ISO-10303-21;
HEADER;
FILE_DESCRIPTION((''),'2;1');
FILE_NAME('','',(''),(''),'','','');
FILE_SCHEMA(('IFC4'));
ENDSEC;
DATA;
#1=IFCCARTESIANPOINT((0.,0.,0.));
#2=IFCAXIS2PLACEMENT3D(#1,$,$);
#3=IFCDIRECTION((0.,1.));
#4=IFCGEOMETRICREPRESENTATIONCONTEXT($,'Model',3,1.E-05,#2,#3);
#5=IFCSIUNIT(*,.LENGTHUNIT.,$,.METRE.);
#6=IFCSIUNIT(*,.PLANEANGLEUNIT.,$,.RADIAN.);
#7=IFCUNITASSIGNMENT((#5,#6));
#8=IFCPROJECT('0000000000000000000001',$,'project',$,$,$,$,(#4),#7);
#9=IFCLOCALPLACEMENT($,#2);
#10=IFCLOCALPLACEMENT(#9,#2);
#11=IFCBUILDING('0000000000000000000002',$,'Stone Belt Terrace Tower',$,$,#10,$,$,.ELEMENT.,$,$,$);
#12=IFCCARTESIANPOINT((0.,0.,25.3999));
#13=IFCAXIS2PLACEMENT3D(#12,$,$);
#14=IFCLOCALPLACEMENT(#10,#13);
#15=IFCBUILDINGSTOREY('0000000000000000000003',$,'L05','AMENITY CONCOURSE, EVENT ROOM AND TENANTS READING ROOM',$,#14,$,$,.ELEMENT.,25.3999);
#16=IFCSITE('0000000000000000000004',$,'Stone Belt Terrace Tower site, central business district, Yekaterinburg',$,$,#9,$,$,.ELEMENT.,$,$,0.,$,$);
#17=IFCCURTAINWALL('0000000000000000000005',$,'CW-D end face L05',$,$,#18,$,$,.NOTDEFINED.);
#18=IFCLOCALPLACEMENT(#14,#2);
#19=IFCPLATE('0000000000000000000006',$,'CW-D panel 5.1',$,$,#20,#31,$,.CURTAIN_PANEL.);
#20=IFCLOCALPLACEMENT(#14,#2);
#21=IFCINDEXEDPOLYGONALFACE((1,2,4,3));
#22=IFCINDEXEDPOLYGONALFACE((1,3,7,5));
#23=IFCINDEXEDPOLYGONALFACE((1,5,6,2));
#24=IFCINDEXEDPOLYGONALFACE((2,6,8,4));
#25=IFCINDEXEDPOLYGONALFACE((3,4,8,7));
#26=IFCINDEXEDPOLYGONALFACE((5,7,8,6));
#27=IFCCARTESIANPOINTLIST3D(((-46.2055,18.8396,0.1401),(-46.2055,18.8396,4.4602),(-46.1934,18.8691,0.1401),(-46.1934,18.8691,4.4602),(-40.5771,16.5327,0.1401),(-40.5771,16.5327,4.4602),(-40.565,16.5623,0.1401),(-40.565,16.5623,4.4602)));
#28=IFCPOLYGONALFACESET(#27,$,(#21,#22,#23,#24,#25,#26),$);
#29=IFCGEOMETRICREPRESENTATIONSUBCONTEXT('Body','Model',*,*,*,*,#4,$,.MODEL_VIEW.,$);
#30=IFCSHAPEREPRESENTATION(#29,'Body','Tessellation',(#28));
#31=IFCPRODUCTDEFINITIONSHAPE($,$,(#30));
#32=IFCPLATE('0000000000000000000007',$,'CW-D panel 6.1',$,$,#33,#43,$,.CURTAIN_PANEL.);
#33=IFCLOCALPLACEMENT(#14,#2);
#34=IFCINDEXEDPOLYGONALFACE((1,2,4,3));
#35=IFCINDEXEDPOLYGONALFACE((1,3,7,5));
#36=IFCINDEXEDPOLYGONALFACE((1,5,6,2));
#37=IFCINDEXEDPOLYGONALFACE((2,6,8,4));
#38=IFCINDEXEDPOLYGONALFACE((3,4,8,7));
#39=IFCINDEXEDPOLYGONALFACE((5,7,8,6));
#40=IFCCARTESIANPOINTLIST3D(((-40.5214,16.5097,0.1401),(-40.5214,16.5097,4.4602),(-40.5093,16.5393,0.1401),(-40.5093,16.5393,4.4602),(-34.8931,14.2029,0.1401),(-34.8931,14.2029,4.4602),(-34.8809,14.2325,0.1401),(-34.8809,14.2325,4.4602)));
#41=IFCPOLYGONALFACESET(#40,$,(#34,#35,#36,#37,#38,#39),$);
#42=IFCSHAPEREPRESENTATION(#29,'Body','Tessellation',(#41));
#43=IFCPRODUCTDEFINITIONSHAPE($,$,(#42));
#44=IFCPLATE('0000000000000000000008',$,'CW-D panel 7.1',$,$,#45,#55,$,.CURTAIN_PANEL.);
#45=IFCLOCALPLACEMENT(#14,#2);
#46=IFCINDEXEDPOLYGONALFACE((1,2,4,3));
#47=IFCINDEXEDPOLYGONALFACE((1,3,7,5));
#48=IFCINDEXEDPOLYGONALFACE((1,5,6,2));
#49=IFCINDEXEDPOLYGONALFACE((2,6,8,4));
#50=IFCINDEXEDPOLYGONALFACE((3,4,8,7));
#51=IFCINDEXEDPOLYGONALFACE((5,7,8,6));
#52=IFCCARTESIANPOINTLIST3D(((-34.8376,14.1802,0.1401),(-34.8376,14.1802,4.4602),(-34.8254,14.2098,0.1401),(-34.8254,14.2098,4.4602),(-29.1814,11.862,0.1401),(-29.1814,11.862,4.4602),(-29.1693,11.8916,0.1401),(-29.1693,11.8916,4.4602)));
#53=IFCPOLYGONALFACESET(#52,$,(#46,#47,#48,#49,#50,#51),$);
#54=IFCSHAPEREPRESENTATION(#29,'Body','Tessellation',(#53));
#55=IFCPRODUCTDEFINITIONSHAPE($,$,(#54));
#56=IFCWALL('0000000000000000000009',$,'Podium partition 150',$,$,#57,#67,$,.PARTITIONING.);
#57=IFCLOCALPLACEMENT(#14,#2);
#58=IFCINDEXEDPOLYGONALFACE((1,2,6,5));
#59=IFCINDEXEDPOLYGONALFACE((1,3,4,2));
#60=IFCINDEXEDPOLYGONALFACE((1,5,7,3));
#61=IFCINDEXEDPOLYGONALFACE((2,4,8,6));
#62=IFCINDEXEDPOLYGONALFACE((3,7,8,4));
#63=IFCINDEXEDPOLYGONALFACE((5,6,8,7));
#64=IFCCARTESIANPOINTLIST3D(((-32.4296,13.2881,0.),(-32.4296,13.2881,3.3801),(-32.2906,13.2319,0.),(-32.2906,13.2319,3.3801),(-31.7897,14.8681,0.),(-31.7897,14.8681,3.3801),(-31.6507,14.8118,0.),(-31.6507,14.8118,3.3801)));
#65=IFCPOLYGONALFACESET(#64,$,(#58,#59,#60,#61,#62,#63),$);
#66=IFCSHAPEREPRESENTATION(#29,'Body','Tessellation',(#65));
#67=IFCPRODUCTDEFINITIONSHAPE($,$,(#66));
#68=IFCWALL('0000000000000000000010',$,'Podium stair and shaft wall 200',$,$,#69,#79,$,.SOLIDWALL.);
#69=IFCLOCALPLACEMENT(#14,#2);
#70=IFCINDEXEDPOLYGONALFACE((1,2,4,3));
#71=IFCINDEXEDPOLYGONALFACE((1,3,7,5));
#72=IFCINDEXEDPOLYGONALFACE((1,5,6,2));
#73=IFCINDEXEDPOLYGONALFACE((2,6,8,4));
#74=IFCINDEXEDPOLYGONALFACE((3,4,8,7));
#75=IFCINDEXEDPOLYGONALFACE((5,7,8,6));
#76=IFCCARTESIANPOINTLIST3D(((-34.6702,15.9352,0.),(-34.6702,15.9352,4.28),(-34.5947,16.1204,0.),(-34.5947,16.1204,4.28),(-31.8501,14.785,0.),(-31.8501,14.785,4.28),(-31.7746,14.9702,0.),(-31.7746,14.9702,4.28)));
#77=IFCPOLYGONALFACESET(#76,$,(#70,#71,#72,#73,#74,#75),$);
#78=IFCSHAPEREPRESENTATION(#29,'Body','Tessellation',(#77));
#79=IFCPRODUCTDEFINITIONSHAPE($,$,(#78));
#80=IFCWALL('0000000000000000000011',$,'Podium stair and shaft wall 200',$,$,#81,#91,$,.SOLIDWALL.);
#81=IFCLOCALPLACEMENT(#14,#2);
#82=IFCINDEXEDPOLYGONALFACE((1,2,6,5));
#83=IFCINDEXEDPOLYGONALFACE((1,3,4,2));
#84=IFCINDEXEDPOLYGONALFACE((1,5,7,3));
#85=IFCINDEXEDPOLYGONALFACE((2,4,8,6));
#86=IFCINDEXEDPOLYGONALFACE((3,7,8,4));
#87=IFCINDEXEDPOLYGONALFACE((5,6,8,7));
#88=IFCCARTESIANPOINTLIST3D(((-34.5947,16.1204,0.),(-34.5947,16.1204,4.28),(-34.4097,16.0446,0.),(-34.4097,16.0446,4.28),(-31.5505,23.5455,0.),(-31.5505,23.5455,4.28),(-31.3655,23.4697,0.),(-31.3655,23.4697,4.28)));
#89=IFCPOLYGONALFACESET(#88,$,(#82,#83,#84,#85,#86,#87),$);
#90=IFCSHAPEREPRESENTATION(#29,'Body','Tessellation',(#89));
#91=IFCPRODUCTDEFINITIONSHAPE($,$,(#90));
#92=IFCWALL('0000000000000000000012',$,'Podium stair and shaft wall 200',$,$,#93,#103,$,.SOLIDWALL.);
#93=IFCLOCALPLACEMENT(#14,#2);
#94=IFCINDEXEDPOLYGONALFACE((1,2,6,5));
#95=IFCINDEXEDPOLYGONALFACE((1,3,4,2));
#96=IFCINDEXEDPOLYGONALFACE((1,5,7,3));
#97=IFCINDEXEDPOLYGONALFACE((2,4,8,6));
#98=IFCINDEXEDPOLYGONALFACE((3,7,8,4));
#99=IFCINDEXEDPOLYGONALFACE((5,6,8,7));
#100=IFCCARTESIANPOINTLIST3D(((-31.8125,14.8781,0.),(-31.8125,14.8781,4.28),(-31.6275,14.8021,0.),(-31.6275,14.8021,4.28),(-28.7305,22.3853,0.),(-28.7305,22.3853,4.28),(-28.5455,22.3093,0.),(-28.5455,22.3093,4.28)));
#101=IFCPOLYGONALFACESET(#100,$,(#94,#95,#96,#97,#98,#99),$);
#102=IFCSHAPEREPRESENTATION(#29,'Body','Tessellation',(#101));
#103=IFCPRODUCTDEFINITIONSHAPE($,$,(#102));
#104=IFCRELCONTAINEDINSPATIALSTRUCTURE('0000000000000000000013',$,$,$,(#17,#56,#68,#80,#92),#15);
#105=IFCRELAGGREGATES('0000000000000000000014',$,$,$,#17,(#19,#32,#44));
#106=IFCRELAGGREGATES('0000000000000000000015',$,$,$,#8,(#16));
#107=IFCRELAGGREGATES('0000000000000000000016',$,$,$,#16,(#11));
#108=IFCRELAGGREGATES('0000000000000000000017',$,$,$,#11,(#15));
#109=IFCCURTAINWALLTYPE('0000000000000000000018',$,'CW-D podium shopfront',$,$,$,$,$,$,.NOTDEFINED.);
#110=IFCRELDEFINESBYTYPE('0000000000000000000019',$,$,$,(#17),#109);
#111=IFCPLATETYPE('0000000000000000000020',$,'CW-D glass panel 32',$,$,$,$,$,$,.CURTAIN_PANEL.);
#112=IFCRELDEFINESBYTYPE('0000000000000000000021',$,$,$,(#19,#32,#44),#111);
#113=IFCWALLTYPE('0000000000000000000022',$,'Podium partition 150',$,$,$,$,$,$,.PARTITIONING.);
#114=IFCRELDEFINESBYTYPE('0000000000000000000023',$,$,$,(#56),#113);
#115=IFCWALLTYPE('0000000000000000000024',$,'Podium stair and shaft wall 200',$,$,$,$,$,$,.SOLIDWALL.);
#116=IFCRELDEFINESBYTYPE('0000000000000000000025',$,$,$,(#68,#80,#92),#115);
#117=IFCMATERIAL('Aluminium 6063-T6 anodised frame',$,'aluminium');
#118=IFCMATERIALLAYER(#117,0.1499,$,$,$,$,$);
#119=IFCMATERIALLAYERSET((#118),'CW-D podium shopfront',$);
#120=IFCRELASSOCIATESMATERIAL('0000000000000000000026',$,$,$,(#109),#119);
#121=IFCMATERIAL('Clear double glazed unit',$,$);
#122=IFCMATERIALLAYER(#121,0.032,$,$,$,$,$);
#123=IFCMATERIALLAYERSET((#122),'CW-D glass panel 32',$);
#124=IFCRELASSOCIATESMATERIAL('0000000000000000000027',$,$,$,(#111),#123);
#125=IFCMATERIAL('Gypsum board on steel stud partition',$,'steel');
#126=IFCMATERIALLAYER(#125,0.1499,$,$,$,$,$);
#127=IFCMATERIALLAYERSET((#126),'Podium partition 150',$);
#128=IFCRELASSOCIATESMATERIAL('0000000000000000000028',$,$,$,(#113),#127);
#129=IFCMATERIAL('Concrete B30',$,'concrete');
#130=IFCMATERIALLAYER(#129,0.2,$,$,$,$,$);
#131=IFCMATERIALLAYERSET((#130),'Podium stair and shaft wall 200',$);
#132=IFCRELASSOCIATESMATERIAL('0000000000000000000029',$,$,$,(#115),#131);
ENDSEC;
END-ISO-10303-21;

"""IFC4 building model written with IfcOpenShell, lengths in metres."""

from ifc_helpers import new_model, si_unit, direction, frame, frame_2d, origin, origin_2d, place, context, subcontext, project, spatial, rectangle, extrude, material, layer, layer_set, type_object, element, aggregate, save


model = new_model("IFC4")

# Units and contexts
model_context = context("Model", 3, precision=1e-05, world=origin(), true_north=direction((0.0, 1.0)))
body_context = subcontext(model_context, "Body", "Model", "MODEL_VIEW")
ifc_project = project(units=[si_unit("LENGTHUNIT", "METRE"), si_unit("PLANEANGLEUNIT", "RADIAN")], contexts=[model_context])

# Site, building, storey
site_placement = place(None, origin())
site = spatial("IfcSite", under=ifc_project, at=site_placement, Name="Stone Belt Terrace Tower site, central business district, Yekaterinburg", CompositionType="ELEMENT", RefElevation=0.0)
building_placement = place(site_placement, origin())
building = spatial("IfcBuilding", under=site, at=building_placement, Name="Stone Belt Terrace Tower", CompositionType="ELEMENT")
storey_placement = place(building_placement, frame((0.0, 0.0, 25.3999)))
storey = spatial("IfcBuildingStorey", under=building, at=storey_placement, Name="L05", Description="AMENITY CONCOURSE, EVENT ROOM AND TENANTS READING ROOM", CompositionType="ELEMENT", Elevation=25.3999)

# Curtain wall
ifc_material_1 = material(Name="Aluminium 6063-T6 anodised frame", Category="aluminium")
ifc_layer_1 = layer(ifc_material_1, 0.1499)
ifc_layer_set_1 = layer_set([ifc_layer_1], Name="CW-D podium shopfront")
curtain_wall_type = type_object("IfcCurtainWallType", Name="CW-D podium shopfront", PredefinedType="NOTDEFINED", material=ifc_layer_set_1)
curtain_wall_placement = place(storey_placement, origin())
curtain_wall = element("IfcCurtainWall", 1, at=curtain_wall_placement, inside=storey, type_object=curtain_wall_type, Name="CW-D end face L05", PredefinedType="NOTDEFINED")

# Plates
ifc_material_2 = material(Name="Clear double glazed unit")
ifc_layer_2 = layer(ifc_material_2, 0.032)
ifc_layer_set_2 = layer_set([ifc_layer_2], Name="CW-D glass panel 32")
plate_type = type_object("IfcPlateType", Name="CW-D glass panel 32", PredefinedType="CURTAIN_PANEL", material=ifc_layer_set_2)
plate_1_placement = place(storey_placement, frame((-43.3853, 17.7009, 0.1401), z_axis=(0.0, 0.0, 1.0), x_axis=(0.925297, -0.379243, 0.0)))
plate_1 = element("IfcPlate", 2, at=plate_1_placement, type_object=plate_type, Name="CW-D panel 5.1", PredefinedType="CURTAIN_PANEL", context=body_context, shape_type="SweptSolid", body=[
    extrude(rectangle(XDim=6.0828, YDim=0.032, at=origin_2d()), origin(), (0.0, 0.0, 1.0), 4.3201),
])
plate_2_placement = place(storey_placement, frame((-37.7012, 15.3711, 0.1401), z_axis=(0.0, 0.0, 1.0), x_axis=(0.925297, -0.379243, 0.0)))
plate_2 = element("IfcPlate", 3, at=plate_2_placement, type_object=plate_type, Name="CW-D panel 6.1", PredefinedType="CURTAIN_PANEL", context=body_context, shape_type="SweptSolid", body=[
    extrude(rectangle(XDim=6.0828, YDim=0.032, at=origin_2d()), origin(), (0.0, 0.0, 1.0), 4.3201),
])
plate_3_placement = place(storey_placement, frame((-32.0034, 13.0359, 0.1401), z_axis=(0.0, 0.0, 1.0), x_axis=(0.925297, -0.379243, 0.0)))
plate_3 = element("IfcPlate", 4, at=plate_3_placement, type_object=plate_type, Name="CW-D panel 7.1", PredefinedType="CURTAIN_PANEL", context=body_context, shape_type="SweptSolid", body=[
    extrude(rectangle(XDim=6.1128, YDim=0.032, at=origin_2d()), origin(), (0.0, 0.0, 1.0), 4.3201),
])
aggregate(curtain_wall, [plate_1, plate_2, plate_3])

# Walls
ifc_material_3 = material(Name="Gypsum board on steel stud partition", Category="steel")
ifc_layer_3 = layer(ifc_material_3, 0.1499)
ifc_layer_set_3 = layer_set([ifc_layer_3], Name="Podium partition 150")
wall_type_1 = type_object("IfcWallType", Name="Podium partition 150", PredefinedType="PARTITIONING", material=ifc_layer_set_3)
wall_1_placement = place(storey_placement, frame((-32.3601, 13.26, 0.0), z_axis=(0.0, 0.0, 1.0), x_axis=(0.375413, 0.926858, 0.0)))
element("IfcWall", 5, at=wall_1_placement, inside=storey, type_object=wall_type_1, Name="Podium partition 150", PredefinedType="PARTITIONING", context=body_context, shape_type="SweptSolid", body=[
    extrude(rectangle(XDim=1.7046, YDim=0.1499, at=frame_2d((0.8523, 0.0))), origin(), (0.0, 0.0, 1.0), 3.3801),
])
ifc_material_4 = material(Name="Concrete B30", Category="concrete")
ifc_layer_4 = layer(ifc_material_4, 0.2)
ifc_layer_set_4 = layer_set([ifc_layer_4], Name="Podium stair and shaft wall 200")
wall_type_2 = type_object("IfcWallType", Name="Podium stair and shaft wall 200", PredefinedType="SOLIDWALL", material=ifc_layer_set_4)
wall_2_placement = place(storey_placement, frame((-34.6326, 16.0278, 0.0), z_axis=(0.0, 0.0, 1.0), x_axis=(0.925951, -0.377643, 0.0)))
element("IfcWall", 6, at=wall_2_placement, inside=storey, type_object=wall_type_2, Name="Podium stair and shaft wall 200", PredefinedType="SOLIDWALL", context=body_context, shape_type="SweptSolid", body=[
    extrude(rectangle(XDim=3.0457, YDim=0.2, at=frame_2d((1.5229, 0.0))), origin(), (0.0, 0.0, 1.0), 4.28),
])
wall_3_placement = place(storey_placement, frame((-34.5022, 16.0825, 0.0), z_axis=(0.0, 0.0, 1.0), x_axis=(0.379345, 0.925255, 0.0)))
element("IfcWall", 7, at=wall_3_placement, inside=storey, type_object=wall_type_2, Name="Podium stair and shaft wall 200", PredefinedType="SOLIDWALL", context=body_context, shape_type="SweptSolid", body=[
    extrude(rectangle(XDim=8.0249, YDim=0.2, at=frame_2d((4.0125, 0.0))), origin(), (0.0, 0.0, 1.0), 4.28),
])
wall_4_placement = place(storey_placement, frame((-31.72, 14.8401, 0.0), z_axis=(0.0, 0.0, 1.0), x_axis=(0.379778, 0.925078, 0.0)))
element("IfcWall", 8, at=wall_4_placement, inside=storey, type_object=wall_type_2, Name="Podium stair and shaft wall 200", PredefinedType="SOLIDWALL", context=body_context, shape_type="SweptSolid", body=[
    extrude(rectangle(XDim=8.1152, YDim=0.2, at=frame_2d((4.0576, 0.0))), origin(), (0.0, 0.0, 1.0), 4.28),
])

save(model, "model.ifc")
